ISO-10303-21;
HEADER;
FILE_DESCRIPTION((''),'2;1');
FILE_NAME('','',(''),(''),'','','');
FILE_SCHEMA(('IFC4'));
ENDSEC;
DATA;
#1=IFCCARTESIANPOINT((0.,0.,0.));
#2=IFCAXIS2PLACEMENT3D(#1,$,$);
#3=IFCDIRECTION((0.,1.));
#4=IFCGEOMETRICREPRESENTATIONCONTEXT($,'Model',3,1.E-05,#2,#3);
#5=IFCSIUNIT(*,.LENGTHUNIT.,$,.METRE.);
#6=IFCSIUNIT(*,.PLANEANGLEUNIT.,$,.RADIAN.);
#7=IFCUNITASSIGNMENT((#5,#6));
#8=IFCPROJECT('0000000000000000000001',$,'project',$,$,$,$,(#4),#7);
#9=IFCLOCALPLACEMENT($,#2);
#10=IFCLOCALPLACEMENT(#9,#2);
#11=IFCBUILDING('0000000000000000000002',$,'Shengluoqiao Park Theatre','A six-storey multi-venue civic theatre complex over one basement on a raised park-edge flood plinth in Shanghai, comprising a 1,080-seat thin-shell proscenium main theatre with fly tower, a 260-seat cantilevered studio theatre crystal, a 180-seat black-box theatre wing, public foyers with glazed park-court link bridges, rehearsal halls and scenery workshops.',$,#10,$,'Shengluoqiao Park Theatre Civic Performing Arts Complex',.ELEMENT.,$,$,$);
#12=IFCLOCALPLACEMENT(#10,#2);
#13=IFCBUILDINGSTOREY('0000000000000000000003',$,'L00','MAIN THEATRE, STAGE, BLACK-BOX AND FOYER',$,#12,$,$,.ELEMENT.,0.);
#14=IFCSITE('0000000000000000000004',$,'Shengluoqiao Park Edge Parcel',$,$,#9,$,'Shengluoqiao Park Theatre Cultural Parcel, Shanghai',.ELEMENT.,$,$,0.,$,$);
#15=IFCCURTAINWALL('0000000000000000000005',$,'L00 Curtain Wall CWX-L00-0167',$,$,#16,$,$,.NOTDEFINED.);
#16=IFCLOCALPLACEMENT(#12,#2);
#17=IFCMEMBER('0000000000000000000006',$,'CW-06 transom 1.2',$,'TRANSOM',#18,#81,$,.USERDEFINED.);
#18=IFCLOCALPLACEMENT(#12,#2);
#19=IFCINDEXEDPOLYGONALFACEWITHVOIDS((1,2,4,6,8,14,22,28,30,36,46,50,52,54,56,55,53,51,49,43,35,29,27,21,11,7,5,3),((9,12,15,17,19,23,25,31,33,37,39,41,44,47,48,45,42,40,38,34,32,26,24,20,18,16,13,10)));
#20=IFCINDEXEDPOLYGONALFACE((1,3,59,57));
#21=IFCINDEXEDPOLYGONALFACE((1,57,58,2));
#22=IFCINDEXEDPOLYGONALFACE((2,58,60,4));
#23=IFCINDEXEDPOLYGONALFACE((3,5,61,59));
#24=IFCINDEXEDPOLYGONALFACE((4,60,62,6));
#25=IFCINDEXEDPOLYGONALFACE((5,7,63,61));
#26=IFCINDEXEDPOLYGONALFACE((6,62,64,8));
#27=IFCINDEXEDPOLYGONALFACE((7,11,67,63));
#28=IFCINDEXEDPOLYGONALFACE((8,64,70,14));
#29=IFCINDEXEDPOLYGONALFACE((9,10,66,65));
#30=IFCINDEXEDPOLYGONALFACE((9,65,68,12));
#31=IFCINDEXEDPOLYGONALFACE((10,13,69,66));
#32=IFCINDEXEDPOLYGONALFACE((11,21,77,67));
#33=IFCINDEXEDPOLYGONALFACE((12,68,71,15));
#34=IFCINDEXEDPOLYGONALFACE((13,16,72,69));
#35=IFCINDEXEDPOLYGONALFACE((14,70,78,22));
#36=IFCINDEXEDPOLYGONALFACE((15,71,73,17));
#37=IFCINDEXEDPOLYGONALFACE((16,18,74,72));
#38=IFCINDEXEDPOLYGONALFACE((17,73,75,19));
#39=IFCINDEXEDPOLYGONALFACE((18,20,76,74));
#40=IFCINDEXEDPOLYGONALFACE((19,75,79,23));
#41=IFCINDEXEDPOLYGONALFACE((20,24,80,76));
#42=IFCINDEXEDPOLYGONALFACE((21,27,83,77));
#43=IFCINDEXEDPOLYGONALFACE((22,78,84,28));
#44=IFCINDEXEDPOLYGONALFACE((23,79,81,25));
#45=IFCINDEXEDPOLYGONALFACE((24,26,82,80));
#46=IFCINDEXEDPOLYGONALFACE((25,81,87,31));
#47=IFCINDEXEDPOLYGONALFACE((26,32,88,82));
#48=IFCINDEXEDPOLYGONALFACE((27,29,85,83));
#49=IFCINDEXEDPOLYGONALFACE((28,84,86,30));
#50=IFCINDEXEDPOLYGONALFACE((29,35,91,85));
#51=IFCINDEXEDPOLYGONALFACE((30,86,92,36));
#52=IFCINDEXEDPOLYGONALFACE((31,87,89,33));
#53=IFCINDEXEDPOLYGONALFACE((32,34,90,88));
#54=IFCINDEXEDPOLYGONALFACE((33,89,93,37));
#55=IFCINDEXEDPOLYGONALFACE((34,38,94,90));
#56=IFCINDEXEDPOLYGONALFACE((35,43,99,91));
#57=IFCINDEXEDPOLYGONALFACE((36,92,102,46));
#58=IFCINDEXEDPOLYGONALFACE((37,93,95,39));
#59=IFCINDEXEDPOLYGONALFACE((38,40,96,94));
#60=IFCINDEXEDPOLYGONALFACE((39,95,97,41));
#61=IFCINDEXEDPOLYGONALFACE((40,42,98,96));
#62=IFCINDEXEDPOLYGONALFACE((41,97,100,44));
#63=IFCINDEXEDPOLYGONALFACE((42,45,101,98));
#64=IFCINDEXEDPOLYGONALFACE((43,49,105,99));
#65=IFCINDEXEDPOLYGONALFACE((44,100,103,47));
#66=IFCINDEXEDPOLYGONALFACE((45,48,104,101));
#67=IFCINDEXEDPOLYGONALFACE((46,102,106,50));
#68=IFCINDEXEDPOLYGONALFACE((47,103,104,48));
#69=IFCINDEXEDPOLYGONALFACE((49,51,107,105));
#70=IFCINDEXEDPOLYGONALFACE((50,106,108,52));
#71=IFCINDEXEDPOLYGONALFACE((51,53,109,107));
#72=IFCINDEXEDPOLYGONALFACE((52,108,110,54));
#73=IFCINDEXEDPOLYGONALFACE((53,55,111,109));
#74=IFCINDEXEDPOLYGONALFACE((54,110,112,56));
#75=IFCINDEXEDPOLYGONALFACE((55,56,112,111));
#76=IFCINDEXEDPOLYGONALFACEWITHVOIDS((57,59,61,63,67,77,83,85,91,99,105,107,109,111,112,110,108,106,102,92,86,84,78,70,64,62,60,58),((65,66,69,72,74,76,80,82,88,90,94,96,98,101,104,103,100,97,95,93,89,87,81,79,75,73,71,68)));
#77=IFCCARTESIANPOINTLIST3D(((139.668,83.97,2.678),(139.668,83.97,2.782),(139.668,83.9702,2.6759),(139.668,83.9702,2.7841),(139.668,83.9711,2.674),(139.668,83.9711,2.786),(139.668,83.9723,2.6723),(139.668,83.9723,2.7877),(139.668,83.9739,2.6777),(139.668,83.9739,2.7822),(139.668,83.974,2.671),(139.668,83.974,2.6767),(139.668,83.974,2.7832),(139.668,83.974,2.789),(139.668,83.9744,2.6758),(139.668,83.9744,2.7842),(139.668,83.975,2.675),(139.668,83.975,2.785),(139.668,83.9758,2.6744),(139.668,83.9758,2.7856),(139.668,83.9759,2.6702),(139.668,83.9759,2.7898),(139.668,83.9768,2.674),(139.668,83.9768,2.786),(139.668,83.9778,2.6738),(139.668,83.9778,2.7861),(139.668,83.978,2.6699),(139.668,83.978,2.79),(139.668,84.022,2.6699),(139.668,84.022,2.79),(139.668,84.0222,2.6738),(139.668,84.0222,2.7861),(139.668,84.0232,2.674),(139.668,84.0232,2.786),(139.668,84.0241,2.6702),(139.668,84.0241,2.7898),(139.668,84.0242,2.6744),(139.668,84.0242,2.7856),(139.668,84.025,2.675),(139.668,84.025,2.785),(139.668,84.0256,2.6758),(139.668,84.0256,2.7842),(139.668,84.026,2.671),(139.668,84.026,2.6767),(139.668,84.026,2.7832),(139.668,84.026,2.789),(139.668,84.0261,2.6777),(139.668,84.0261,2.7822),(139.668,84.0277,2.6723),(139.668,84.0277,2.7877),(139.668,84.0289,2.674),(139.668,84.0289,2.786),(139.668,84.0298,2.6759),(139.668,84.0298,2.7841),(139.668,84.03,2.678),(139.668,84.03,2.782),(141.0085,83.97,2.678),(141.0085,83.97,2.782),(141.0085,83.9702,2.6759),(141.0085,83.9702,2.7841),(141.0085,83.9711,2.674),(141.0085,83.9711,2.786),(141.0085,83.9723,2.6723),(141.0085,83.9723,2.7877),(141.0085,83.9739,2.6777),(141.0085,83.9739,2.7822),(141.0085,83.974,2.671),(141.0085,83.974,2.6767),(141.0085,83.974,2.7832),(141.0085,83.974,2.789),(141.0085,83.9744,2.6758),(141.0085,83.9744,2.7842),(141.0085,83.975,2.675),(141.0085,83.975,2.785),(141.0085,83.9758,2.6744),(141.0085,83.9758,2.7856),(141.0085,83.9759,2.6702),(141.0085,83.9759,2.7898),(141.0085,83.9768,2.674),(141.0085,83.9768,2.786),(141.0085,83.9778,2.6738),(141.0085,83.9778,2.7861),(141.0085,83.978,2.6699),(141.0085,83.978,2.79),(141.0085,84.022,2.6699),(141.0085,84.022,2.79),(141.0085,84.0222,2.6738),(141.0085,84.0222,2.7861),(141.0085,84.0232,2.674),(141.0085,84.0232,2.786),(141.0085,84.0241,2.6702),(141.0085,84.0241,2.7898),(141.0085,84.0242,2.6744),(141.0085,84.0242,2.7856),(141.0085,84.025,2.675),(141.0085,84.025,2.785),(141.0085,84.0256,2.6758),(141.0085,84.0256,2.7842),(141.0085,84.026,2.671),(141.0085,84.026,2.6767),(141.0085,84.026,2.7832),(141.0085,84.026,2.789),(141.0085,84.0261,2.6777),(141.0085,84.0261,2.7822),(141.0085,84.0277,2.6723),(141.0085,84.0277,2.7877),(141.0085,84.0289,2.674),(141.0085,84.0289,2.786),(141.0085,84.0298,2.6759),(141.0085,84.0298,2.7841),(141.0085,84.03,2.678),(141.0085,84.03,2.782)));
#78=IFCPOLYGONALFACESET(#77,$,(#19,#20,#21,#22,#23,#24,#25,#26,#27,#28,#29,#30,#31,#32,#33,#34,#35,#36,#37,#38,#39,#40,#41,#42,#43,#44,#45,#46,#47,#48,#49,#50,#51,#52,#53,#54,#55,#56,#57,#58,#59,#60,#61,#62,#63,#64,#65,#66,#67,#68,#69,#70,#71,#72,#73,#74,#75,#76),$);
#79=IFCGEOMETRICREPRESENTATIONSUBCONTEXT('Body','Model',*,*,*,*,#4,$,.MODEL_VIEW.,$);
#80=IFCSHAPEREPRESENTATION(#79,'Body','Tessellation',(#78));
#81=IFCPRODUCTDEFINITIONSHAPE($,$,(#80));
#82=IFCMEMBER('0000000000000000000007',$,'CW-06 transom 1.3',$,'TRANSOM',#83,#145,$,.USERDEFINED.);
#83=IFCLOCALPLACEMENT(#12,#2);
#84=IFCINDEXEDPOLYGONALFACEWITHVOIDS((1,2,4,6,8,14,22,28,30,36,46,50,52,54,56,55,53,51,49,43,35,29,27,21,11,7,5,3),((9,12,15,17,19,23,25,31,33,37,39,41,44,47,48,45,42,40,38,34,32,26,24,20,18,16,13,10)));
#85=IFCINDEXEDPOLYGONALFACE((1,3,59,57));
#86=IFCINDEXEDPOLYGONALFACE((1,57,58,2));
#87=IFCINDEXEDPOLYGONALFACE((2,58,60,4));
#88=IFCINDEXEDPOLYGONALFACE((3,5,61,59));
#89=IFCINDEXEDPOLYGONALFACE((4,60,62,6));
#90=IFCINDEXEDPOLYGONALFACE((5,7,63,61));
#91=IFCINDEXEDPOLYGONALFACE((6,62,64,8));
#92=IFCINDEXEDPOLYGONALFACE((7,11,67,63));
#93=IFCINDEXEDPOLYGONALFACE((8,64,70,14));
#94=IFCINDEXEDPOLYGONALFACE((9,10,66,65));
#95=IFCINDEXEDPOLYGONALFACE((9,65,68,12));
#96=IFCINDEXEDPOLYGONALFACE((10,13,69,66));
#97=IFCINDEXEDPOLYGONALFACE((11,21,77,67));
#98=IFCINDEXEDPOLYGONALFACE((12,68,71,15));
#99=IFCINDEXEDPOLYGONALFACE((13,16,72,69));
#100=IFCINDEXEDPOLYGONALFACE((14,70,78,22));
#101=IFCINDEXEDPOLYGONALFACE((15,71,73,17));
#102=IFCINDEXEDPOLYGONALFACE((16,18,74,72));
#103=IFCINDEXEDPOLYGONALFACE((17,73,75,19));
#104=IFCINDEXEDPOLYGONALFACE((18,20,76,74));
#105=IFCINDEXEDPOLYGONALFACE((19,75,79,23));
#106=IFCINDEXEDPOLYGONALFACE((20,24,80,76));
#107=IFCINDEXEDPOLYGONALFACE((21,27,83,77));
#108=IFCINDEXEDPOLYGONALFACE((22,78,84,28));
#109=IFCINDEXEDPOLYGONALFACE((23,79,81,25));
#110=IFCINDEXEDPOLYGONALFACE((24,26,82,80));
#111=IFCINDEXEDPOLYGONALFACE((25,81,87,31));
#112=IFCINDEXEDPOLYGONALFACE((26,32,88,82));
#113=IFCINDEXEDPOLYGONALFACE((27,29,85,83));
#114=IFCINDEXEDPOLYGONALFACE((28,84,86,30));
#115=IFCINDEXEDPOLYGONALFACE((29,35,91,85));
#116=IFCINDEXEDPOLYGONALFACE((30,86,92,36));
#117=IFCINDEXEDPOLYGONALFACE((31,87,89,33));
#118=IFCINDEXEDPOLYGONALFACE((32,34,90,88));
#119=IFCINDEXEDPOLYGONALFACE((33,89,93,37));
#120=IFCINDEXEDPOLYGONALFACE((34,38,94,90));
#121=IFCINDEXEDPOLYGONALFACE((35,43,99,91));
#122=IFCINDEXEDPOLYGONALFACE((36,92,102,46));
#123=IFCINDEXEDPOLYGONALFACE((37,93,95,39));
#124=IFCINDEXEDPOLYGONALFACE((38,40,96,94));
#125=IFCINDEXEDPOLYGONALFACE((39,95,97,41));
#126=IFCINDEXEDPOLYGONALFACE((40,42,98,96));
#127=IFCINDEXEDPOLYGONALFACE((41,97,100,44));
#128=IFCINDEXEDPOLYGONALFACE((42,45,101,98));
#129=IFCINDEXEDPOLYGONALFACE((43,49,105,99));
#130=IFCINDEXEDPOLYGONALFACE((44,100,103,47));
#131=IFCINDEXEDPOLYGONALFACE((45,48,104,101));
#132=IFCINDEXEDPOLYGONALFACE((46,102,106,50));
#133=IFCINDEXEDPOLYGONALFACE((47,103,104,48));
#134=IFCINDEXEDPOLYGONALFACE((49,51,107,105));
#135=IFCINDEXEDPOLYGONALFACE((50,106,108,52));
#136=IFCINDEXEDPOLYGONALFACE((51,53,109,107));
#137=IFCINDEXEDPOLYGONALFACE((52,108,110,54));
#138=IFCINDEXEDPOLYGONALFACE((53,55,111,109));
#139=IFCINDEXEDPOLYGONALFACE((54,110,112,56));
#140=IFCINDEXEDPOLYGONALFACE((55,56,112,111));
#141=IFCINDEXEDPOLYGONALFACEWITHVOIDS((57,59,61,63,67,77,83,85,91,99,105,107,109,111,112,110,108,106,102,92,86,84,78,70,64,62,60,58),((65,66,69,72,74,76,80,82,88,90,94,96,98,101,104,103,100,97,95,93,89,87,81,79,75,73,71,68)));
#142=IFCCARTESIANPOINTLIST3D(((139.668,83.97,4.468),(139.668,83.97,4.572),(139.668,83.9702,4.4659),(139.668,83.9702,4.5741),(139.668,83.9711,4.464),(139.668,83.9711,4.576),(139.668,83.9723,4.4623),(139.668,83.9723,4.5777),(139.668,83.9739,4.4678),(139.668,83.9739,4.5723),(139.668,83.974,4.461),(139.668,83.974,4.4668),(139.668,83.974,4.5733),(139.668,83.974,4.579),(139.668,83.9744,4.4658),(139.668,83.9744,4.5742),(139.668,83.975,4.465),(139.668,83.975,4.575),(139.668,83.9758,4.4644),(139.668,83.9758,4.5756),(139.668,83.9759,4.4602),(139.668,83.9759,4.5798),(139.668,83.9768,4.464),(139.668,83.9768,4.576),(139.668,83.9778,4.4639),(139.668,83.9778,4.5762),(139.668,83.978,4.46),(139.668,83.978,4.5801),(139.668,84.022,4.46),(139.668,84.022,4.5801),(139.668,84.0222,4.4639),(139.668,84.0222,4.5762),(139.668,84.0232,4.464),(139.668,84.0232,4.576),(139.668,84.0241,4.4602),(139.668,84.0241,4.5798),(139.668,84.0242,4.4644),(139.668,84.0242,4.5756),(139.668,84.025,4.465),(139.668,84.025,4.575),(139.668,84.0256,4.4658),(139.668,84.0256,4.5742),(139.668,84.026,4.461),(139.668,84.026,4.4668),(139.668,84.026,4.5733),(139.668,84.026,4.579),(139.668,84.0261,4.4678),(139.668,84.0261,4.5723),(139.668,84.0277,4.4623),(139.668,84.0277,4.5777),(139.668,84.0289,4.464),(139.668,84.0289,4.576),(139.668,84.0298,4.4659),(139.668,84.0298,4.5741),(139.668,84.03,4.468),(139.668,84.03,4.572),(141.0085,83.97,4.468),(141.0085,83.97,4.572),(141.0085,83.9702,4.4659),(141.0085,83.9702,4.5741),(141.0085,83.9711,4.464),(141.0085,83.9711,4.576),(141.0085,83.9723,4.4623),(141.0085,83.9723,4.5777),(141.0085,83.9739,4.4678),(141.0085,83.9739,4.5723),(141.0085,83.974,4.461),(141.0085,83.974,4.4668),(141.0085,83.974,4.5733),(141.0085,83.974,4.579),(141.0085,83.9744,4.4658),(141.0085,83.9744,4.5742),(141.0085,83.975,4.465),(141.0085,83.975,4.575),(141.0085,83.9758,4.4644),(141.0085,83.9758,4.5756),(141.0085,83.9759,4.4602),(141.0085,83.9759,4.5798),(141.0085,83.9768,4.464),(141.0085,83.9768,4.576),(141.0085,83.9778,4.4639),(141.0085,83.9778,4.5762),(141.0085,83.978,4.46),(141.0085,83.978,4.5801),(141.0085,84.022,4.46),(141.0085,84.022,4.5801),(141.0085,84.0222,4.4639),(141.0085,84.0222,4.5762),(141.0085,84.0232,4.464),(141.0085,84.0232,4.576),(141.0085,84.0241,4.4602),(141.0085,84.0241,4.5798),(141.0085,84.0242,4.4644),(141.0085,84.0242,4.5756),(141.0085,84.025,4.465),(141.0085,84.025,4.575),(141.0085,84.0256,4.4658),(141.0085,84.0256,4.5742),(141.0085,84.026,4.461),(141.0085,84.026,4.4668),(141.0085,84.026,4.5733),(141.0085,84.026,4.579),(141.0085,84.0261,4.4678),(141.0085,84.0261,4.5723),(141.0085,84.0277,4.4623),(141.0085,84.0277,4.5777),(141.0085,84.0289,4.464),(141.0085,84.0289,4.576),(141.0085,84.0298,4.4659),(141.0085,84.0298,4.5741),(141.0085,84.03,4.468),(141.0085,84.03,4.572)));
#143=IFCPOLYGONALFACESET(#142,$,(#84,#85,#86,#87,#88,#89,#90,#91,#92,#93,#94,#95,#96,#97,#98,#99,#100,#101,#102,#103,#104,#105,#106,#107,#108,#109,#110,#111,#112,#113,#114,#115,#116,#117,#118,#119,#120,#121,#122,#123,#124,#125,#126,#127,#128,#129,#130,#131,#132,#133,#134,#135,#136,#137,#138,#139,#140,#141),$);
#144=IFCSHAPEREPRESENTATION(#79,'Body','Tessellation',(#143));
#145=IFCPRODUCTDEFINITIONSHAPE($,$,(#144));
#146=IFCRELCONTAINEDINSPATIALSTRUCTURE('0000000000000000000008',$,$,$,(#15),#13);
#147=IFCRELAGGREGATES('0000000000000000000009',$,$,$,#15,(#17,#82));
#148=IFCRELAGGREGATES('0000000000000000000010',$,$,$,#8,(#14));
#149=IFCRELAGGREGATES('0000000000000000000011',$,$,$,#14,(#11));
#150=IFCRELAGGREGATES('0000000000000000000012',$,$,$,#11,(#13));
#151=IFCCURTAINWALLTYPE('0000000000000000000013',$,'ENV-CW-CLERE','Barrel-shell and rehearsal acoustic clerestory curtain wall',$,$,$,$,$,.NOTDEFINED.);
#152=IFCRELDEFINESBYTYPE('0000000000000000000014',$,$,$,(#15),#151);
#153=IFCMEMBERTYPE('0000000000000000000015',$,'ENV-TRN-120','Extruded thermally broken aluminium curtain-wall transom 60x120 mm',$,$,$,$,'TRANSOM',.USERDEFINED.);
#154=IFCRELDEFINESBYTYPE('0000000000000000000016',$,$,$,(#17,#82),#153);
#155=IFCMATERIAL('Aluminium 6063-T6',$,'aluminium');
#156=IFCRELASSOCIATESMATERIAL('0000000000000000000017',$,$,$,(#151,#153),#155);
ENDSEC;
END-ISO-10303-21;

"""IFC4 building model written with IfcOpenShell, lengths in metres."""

from ifc_helpers import new_model, si_unit, direction, frame, origin, origin_2d, place, context, subcontext, project, spatial, hollow_rectangle, extrude, material, material_profile, profile_set, type_object, element, aggregate, save


model = new_model("IFC4")

# Units and contexts
model_context = context("Model", 3, precision=1e-05, world=origin(), true_north=direction((0.0, 1.0)))
body_context = subcontext(model_context, "Body", "Model", "MODEL_VIEW")
ifc_project = project(units=[si_unit("LENGTHUNIT", "METRE"), si_unit("PLANEANGLEUNIT", "RADIAN")], contexts=[model_context])

# Site, building, storey
site_placement = place(None, origin())
site = spatial("IfcSite", under=ifc_project, at=site_placement, Name="Shengluoqiao Park Edge Parcel", LongName="Shengluoqiao Park Theatre Cultural Parcel, Shanghai", CompositionType="ELEMENT", RefElevation=0.0)
building_placement = place(site_placement, origin())
building = spatial("IfcBuilding", under=site, at=building_placement, Name="Shengluoqiao Park Theatre", Description="A six-storey multi-venue civic theatre complex over one basement on a raised park-edge flood plinth in Shanghai, comprising a 1,080-seat thin-shell proscenium main theatre with fly tower, a 260-seat cantilevered studio theatre crystal, a 180-seat black-box theatre wing, public foyers with glazed park-court link bridges, rehearsal halls and scenery workshops.", LongName="Shengluoqiao Park Theatre Civic Performing Arts Complex", CompositionType="ELEMENT")
storey_placement = place(building_placement, origin())
storey = spatial("IfcBuildingStorey", under=building, at=storey_placement, Name="L00", Description="MAIN THEATRE, STAGE, BLACK-BOX AND FOYER", CompositionType="ELEMENT", Elevation=0.0)

# Curtain wall, members
ifc_material_1 = material(Name="Aluminium 6063-T6", Category="aluminium")
curtain_wall_type = type_object("IfcCurtainWallType", Name="ENV-CW-CLERE", Description="Barrel-shell and rehearsal acoustic clerestory curtain wall", PredefinedType="NOTDEFINED", material=ifc_material_1)
curtain_wall_placement = place(storey_placement, origin())
curtain_wall = element("IfcCurtainWall", 1, at=curtain_wall_placement, inside=storey, type_object=curtain_wall_type, Name="L00 Curtain Wall CWX-L00-0167", PredefinedType="NOTDEFINED")
ifc_material_profile_1 = material_profile(ifc_material_1, hollow_rectangle(XDim=0.0601, YDim=0.1201, WallThickness=0.0039, InnerFilletRadius=0.0039, OuterFilletRadius=0.0081, at=origin_2d()), Name="ALU TRANSOM 120x60x4")
ifc_profile_set_1 = profile_set([ifc_material_profile_1], Name="Aluminium 6063-T6")
member_type_1 = type_object("IfcMemberType", Name="ENV-TRN-120", Description="Extruded thermally broken aluminium curtain-wall transom 60x120 mm", ElementType="TRANSOM", PredefinedType="USERDEFINED", material=ifc_profile_set_1)
member_1_placement = place(storey_placement, frame((139.668, 84.0, 2.73), z_axis=(1.0, 0.0, 0.0), x_axis=(0.0, 1.0, 0.0)))
member_1 = element("IfcMember", 2, at=member_1_placement, type_object=member_type_1, Name="CW-06 transom 1.2", ObjectType="TRANSOM", PredefinedType="USERDEFINED", context=body_context, shape_type="SweptSolid", body=[
    extrude(hollow_rectangle(XDim=0.0601, YDim=0.1201, WallThickness=0.0039, InnerFilletRadius=0.0039, OuterFilletRadius=0.0081, at=origin_2d()), origin(), (0.0, 0.0, 1.0), 1.3406),
])
member_2_placement = place(storey_placement, frame((139.668, 84.0, 4.52), z_axis=(1.0, 0.0, 0.0), x_axis=(0.0, 1.0, 0.0)))
member_2 = element("IfcMember", 3, at=member_2_placement, type_object=member_type_1, Name="CW-06 transom 1.3", ObjectType="TRANSOM", PredefinedType="USERDEFINED", context=body_context, shape_type="SweptSolid", body=[
    extrude(hollow_rectangle(XDim=0.0601, YDim=0.1201, WallThickness=0.0039, InnerFilletRadius=0.0039, OuterFilletRadius=0.0081, at=origin_2d()), origin(), (0.0, 0.0, 1.0), 1.3406),
])
aggregate(curtain_wall, [member_1, member_2])

save(model, "model.ifc")
